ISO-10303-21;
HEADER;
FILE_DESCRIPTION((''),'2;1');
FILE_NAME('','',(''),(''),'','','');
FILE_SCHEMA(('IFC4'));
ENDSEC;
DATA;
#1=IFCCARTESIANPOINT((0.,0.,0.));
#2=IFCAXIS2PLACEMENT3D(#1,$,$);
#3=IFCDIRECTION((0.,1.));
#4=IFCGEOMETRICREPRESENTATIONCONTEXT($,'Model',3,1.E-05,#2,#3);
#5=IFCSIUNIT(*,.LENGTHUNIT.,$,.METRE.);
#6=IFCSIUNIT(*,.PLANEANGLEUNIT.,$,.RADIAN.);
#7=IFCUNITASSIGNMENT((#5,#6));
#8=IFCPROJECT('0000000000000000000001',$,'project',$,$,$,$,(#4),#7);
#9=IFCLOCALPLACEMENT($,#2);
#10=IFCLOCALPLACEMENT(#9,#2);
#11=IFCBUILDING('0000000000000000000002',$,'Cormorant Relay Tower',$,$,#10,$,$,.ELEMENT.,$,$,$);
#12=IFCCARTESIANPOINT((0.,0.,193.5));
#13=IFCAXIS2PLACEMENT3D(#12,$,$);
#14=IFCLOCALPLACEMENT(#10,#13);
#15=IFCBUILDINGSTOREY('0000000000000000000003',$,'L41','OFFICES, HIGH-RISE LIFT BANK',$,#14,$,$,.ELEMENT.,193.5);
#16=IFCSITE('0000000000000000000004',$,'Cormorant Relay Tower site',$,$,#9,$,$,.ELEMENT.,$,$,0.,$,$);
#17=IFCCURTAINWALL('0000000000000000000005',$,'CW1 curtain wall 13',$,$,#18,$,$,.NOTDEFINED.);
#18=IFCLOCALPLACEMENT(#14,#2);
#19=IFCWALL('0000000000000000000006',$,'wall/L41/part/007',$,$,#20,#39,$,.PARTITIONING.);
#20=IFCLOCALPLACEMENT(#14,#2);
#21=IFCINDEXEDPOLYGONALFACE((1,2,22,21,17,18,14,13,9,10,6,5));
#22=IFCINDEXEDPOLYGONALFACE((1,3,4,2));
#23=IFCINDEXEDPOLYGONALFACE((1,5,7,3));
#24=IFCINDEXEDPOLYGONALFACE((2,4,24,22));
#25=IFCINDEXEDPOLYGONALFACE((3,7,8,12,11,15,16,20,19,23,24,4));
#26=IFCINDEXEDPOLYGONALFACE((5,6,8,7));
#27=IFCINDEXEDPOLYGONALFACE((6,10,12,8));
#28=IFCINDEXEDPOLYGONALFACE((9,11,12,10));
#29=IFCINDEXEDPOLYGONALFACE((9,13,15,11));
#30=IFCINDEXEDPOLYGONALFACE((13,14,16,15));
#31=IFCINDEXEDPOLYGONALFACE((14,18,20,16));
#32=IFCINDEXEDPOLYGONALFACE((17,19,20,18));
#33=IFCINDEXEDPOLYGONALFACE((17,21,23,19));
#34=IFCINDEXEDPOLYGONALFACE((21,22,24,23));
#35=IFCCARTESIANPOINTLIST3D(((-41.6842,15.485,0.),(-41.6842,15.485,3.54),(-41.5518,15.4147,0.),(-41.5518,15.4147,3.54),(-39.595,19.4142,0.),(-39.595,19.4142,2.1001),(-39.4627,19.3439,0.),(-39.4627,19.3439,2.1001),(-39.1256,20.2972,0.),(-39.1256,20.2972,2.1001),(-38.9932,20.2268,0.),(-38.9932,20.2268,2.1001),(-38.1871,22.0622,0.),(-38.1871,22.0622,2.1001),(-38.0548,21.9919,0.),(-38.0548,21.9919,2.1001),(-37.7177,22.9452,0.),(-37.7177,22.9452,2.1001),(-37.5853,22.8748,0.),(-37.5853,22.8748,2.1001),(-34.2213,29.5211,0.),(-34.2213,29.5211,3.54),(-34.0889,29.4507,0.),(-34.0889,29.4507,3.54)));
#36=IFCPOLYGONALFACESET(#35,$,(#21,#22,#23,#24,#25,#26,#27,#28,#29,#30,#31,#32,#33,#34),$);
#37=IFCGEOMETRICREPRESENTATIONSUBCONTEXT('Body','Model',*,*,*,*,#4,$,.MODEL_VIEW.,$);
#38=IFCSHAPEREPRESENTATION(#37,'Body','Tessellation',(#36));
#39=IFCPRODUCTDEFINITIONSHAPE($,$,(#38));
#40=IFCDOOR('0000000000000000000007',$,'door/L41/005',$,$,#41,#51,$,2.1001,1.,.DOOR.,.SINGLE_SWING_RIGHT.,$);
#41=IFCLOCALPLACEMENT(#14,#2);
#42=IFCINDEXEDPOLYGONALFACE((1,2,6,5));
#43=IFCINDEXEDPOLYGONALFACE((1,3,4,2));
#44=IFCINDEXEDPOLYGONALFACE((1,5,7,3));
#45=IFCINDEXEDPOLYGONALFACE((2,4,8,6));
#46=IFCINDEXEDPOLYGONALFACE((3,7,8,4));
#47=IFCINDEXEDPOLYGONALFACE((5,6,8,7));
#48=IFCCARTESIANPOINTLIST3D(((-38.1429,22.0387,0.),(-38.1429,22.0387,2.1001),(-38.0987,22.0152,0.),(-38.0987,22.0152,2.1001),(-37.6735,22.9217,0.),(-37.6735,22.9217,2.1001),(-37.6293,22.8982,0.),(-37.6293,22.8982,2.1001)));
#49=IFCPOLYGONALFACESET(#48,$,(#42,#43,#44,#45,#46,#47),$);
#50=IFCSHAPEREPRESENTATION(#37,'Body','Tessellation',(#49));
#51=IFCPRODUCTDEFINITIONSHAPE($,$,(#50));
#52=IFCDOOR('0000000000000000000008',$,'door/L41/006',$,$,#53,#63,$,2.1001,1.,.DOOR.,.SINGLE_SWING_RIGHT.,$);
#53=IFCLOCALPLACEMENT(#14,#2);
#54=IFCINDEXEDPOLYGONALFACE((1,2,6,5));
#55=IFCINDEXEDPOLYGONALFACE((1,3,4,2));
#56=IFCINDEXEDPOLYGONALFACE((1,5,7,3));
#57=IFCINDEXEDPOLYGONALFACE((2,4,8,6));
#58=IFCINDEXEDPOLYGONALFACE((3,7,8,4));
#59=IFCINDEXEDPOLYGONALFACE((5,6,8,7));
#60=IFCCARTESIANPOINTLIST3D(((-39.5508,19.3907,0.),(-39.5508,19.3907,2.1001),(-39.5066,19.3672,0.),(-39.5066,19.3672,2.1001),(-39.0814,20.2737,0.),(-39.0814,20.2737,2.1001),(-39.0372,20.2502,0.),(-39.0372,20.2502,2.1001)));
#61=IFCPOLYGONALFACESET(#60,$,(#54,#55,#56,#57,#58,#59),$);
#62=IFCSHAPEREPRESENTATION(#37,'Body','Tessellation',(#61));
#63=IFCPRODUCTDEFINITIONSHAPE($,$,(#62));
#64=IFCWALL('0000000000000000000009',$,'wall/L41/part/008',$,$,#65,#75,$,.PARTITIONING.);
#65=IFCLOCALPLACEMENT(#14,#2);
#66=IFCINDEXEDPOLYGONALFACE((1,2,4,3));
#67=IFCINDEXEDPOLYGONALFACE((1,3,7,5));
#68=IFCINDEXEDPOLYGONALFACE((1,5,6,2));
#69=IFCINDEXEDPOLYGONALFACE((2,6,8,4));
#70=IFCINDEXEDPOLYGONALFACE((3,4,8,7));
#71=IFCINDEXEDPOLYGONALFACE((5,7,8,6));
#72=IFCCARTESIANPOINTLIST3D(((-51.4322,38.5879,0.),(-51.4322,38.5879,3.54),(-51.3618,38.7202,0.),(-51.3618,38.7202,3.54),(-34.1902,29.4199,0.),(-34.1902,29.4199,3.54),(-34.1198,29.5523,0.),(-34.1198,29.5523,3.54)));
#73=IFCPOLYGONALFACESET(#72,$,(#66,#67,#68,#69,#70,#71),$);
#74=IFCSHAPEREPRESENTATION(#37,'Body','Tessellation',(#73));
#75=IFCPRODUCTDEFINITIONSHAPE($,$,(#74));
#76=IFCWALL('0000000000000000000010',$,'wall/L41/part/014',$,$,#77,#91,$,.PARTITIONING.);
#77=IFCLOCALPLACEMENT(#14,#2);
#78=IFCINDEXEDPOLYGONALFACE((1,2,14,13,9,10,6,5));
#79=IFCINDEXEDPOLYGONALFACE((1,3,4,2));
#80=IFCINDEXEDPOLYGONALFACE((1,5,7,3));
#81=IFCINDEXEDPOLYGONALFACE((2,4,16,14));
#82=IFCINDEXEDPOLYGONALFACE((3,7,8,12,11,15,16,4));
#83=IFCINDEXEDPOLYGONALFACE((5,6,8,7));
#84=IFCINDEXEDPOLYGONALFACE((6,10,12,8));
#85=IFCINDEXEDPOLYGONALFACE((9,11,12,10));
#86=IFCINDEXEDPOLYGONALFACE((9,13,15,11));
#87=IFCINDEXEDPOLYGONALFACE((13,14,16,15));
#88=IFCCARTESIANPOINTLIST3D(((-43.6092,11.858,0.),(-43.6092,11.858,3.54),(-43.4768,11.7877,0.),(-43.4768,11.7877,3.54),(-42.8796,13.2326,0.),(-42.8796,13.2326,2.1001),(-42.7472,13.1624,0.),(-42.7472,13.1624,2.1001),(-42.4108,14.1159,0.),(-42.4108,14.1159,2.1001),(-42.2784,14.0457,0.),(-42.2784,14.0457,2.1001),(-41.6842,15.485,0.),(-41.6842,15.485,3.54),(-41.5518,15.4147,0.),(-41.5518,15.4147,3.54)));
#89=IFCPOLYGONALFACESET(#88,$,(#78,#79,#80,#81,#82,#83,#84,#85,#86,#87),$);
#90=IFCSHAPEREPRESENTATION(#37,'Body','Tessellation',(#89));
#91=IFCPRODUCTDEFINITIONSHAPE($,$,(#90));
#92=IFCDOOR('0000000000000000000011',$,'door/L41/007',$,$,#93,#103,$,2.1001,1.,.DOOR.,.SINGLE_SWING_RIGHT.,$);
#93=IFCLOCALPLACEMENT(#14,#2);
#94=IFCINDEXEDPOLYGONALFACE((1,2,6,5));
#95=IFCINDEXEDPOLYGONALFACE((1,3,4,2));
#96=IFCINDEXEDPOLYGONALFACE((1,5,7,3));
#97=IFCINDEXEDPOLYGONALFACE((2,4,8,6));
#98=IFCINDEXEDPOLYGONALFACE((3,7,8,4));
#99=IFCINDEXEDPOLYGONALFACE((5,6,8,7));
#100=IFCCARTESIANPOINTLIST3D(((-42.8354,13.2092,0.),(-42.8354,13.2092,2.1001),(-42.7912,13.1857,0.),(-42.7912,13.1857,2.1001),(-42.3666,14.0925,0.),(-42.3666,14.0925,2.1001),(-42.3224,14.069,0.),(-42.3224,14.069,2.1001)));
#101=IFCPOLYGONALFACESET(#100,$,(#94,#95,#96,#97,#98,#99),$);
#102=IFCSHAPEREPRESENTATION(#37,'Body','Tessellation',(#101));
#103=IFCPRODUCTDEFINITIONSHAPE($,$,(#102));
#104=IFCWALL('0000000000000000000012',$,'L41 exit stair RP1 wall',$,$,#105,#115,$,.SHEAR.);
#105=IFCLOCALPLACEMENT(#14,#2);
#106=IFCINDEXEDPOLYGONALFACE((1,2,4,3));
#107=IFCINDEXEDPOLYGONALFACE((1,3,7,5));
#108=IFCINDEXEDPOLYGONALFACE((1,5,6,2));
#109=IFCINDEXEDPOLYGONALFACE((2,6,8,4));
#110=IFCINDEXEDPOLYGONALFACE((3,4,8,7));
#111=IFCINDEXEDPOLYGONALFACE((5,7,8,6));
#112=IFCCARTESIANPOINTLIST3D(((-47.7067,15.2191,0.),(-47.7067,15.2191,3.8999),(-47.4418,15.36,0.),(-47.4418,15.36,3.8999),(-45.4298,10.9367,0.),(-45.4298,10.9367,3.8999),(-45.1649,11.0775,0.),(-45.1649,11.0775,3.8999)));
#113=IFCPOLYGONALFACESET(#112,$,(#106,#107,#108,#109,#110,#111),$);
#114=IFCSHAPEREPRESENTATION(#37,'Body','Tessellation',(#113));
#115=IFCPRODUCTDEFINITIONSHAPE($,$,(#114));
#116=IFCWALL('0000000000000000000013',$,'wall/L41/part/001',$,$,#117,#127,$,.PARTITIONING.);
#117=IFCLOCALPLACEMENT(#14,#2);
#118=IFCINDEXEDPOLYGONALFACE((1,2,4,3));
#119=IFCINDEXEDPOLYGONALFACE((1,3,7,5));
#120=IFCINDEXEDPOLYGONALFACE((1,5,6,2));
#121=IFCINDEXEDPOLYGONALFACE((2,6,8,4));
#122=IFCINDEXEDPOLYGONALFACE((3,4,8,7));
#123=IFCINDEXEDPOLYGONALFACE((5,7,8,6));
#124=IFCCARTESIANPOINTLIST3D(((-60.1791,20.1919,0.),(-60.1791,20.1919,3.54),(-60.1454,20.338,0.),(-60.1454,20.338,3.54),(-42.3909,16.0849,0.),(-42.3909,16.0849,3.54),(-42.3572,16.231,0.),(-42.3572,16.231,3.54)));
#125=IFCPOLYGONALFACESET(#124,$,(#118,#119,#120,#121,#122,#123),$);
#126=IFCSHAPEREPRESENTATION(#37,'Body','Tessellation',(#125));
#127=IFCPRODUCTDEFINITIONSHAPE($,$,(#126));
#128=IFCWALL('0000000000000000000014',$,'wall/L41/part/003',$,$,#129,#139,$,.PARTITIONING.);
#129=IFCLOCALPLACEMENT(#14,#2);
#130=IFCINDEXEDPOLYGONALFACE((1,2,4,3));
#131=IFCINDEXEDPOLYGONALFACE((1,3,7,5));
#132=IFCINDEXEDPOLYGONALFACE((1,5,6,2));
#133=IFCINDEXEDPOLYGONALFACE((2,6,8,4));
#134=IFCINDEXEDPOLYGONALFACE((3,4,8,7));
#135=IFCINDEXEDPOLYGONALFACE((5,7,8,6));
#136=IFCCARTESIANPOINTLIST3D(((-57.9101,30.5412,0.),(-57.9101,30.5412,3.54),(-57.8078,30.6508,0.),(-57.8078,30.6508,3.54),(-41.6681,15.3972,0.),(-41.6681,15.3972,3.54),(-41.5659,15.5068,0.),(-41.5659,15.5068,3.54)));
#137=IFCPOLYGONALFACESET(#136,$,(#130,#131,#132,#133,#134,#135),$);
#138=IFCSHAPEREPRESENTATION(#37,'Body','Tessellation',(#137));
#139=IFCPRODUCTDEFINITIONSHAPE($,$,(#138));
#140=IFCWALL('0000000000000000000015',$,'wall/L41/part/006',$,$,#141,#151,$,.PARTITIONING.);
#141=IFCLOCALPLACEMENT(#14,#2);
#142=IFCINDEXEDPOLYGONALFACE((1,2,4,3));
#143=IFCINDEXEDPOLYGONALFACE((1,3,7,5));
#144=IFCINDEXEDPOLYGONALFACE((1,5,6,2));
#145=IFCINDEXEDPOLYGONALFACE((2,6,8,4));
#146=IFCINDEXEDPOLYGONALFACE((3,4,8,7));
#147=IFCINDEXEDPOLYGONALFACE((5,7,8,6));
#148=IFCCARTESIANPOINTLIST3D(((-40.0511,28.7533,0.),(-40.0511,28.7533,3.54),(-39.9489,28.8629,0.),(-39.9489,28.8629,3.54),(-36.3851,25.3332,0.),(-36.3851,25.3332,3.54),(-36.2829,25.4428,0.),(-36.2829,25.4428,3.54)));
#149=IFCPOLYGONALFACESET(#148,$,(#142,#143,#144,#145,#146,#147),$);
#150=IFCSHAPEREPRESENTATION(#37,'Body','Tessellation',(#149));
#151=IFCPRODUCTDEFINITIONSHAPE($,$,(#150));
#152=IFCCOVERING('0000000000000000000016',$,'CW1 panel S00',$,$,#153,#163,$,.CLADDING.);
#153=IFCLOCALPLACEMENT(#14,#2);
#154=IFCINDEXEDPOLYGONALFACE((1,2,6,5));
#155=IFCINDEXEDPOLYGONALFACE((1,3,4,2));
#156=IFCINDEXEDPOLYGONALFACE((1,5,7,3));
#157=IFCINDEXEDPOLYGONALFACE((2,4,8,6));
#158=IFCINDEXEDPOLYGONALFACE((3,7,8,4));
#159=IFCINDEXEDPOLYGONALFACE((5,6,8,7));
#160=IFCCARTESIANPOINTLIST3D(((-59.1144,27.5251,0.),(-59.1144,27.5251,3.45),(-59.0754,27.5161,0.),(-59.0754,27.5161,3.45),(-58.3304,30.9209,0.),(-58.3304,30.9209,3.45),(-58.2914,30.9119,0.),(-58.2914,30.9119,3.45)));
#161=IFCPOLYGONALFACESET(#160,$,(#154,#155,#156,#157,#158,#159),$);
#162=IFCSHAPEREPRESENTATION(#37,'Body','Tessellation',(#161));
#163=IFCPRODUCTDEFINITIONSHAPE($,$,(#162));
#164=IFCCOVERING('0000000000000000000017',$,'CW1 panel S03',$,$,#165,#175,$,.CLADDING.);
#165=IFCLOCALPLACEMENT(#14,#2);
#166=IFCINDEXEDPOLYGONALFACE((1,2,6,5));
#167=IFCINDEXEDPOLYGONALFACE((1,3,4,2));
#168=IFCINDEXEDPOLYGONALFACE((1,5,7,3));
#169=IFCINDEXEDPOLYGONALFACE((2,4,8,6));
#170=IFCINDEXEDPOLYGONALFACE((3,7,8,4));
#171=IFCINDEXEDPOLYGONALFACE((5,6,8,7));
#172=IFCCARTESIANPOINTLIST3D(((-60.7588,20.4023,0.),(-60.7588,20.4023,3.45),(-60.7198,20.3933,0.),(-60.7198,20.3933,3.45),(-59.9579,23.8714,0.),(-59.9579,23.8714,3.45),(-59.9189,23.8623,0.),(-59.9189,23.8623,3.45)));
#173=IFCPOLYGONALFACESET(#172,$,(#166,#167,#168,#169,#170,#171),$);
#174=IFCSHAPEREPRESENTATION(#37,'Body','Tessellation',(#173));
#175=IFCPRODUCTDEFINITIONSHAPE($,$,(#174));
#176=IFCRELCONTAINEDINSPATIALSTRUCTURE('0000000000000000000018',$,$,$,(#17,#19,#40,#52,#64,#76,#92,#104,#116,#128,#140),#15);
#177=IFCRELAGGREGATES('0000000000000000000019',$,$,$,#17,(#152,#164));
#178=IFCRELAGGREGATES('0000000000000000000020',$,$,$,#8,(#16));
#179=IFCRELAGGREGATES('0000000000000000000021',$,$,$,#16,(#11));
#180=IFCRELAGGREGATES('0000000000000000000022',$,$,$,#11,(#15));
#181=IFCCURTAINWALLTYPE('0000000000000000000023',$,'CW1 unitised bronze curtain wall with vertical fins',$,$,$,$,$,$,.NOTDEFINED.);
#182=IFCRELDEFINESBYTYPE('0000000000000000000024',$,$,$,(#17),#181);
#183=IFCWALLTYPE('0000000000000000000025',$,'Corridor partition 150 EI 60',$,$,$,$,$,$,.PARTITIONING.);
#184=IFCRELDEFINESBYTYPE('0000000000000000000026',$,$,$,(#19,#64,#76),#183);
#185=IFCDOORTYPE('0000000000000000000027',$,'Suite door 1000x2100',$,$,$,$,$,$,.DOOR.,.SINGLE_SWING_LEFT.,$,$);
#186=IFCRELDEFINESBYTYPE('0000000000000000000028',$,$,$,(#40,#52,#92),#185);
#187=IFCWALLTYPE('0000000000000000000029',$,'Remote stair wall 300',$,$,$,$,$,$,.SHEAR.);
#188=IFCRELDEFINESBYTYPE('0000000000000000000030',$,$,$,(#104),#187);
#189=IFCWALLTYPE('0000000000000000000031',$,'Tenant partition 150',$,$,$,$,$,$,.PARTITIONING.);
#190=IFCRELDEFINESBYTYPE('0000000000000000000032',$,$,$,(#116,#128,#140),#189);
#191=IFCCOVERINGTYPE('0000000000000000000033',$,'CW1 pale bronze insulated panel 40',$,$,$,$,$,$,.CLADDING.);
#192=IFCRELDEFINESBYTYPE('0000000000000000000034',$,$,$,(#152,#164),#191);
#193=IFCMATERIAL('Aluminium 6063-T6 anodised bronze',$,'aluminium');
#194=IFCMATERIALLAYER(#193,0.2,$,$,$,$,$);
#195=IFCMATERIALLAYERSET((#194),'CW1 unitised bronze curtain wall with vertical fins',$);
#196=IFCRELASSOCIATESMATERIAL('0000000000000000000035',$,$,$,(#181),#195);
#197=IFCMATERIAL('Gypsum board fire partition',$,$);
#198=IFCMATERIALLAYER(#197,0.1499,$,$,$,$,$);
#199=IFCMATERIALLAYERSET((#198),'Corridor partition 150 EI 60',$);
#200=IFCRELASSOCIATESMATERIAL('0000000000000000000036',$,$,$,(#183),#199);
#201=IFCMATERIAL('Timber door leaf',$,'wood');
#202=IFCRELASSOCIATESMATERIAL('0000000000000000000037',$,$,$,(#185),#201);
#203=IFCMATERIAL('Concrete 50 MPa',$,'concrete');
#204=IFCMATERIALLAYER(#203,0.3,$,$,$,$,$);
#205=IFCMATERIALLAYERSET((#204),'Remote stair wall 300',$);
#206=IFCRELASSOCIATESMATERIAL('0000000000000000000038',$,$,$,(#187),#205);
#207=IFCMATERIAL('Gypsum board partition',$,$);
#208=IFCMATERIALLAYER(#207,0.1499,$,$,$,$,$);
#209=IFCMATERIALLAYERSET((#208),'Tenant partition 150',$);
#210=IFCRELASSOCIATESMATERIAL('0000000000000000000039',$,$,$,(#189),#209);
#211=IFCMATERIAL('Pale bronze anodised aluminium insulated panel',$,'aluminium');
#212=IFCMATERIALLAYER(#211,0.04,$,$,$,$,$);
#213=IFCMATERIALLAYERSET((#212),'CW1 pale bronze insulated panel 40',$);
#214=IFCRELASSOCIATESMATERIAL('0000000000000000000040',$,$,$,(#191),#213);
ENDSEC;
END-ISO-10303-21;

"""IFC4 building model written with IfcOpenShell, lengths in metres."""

from ifc_helpers import new_model, si_unit, direction, frame, frame_2d, origin, origin_2d, place, context, subcontext, project, spatial, rectangle, extrude, material, layer, layer_set, type_object, element, fill, aggregate, save


model = new_model("IFC4")

# Units and contexts
model_context = context("Model", 3, precision=1e-05, world=origin(), true_north=direction((0.0, 1.0)))
body_context = subcontext(model_context, "Body", "Model", "MODEL_VIEW")
ifc_project = project(units=[si_unit("LENGTHUNIT", "METRE"), si_unit("PLANEANGLEUNIT", "RADIAN")], contexts=[model_context])

# Site, building, storey
site_placement = place(None, origin())
site = spatial("IfcSite", under=ifc_project, at=site_placement, Name="Cormorant Relay Tower site", CompositionType="ELEMENT", RefElevation=0.0)
building_placement = place(site_placement, origin())
building = spatial("IfcBuilding", under=site, at=building_placement, Name="Cormorant Relay Tower", CompositionType="ELEMENT")
storey_placement = place(building_placement, frame((0.0, 0.0, 193.5)))
storey = spatial("IfcBuildingStorey", under=building, at=storey_placement, Name="L41", Description="OFFICES, HIGH-RISE LIFT BANK", CompositionType="ELEMENT", Elevation=193.5)

# Curtain wall
ifc_material_1 = material(Name="Aluminium 6063-T6 anodised bronze", Category="aluminium")
ifc_layer_1 = layer(ifc_material_1, 0.2)
ifc_layer_set_1 = layer_set([ifc_layer_1], Name="CW1 unitised bronze curtain wall with vertical fins")
curtain_wall_type = type_object("IfcCurtainWallType", Name="CW1 unitised bronze curtain wall with vertical fins", PredefinedType="NOTDEFINED", material=ifc_layer_set_1)
curtain_wall_1_placement = place(storey_placement, origin())
curtain_wall_1 = element("IfcCurtainWall", 1, at=curtain_wall_1_placement, inside=storey, type_object=curtain_wall_type, Name="CW1 curtain wall 13", PredefinedType="NOTDEFINED")

# Wall, openings, doors
ifc_material_2 = material(Name="Gypsum board fire partition")
ifc_layer_2 = layer(ifc_material_2, 0.1499)
ifc_layer_set_2 = layer_set([ifc_layer_2], Name="Corridor partition 150 EI 60")
wall_type_1 = type_object("IfcWallType", Name="Corridor partition 150 EI 60", PredefinedType="PARTITIONING", material=ifc_layer_set_2)
wall_1_placement = place(storey_placement, frame((-41.6179, 15.45, 0.0), z_axis=(0.0, 0.0, 1.0), x_axis=(0.469459, 0.882954, 0.0)))
wall_1 = element("IfcWall", 2, at=wall_1_placement, inside=storey, type_object=wall_type_1, Name="wall/L41/part/007", PredefinedType="PARTITIONING", context=body_context, shape_type="SweptSolid", body=[
    extrude(rectangle(XDim=15.8967, YDim=0.1499, at=frame_2d((7.9482, 0.0))), origin(), (0.0, 0.0, 1.0), 3.54),
])
opening_1_placement = place(wall_1_placement, frame((7.449, 0.0, 0.0)))
opening_1 = element("IfcOpeningElement", 3, at=opening_1_placement, cuts=wall_1, PredefinedType="OPENING", context=body_context, shape_type="SweptSolid", body=[
    extrude(rectangle(XDim=1.0, YDim=2.1001, at=frame_2d((0.5, 1.05))), frame((0.0, 0.085, 0.0), z_axis=(0.0, -1.0, 0.0), x_axis=(1.0, 0.0, 0.0)), (0.0, 0.0, 1.0), 0.1699),
])
opening_2_placement = place(wall_1_placement, frame((4.45, 0.0, 0.0)))
opening_2 = element("IfcOpeningElement", 4, at=opening_2_placement, cuts=wall_1, PredefinedType="OPENING", context=body_context, shape_type="SweptSolid", body=[
    extrude(rectangle(XDim=1.0, YDim=2.1001, at=frame_2d((0.5, 1.05))), frame((0.0, 0.085, 0.0), z_axis=(0.0, -1.0, 0.0), x_axis=(1.0, 0.0, 0.0)), (0.0, 0.0, 1.0), 0.1699),
])
ifc_material_3 = material(Name="Timber door leaf", Category="wood")
door_type = type_object("IfcDoorType", Name="Suite door 1000x2100", OperationType="SINGLE_SWING_LEFT", PredefinedType="DOOR", material=ifc_material_3)
door_1_placement = place(opening_1_placement, origin())
door_1 = element("IfcDoor", 5, at=door_1_placement, inside=storey, type_object=door_type, Name="door/L41/005", OperationType="SINGLE_SWING_RIGHT", OverallHeight=2.1001, OverallWidth=1.0, PredefinedType="DOOR", context=body_context, shape_type="SweptSolid", body=[
    extrude(rectangle(XDim=1.0, YDim=2.1001, at=frame_2d((0.5, 1.05))), frame((0.0, 0.0249, 0.0), z_axis=(0.0, -1.0, 0.0), x_axis=(1.0, 0.0, 0.0)), (0.0, 0.0, 1.0), 0.05),
])
fill(opening_1, door_1)
door_2_placement = place(opening_2_placement, origin())
door_2 = element("IfcDoor", 6, at=door_2_placement, inside=storey, type_object=door_type, Name="door/L41/006", OperationType="SINGLE_SWING_RIGHT", OverallHeight=2.1001, OverallWidth=1.0, PredefinedType="DOOR", context=body_context, shape_type="SweptSolid", body=[
    extrude(rectangle(XDim=1.0, YDim=2.1001, at=frame_2d((0.5, 1.05))), frame((0.0, 0.0249, 0.0), z_axis=(0.0, -1.0, 0.0), x_axis=(1.0, 0.0, 0.0)), (0.0, 0.0, 1.0), 0.05),
])
fill(opening_2, door_2)

# Wall
wall_2_placement = place(storey_placement, frame((-34.155, 29.4861, 0.0), z_axis=(0.0, 0.0, 1.0), x_axis=(-0.882942, 0.469482, 0.0)))
element("IfcWall", 7, at=wall_2_placement, inside=storey, type_object=wall_type_1, Name="wall/L41/part/008", PredefinedType="PARTITIONING", context=body_context, shape_type="SweptSolid", body=[
    extrude(rectangle(XDim=19.5278, YDim=0.1499, at=frame_2d((9.7639, 0.0))), origin(), (0.0, 0.0, 1.0), 3.54),
])

# Wall, opening, door
wall_3_placement = place(storey_placement, frame((-41.6179, 15.45, 0.0), z_axis=(0.0, 0.0, 1.0), x_axis=(-0.468819, -0.883294, 0.0)))
wall_3 = element("IfcWall", 8, at=wall_3_placement, inside=storey, type_object=wall_type_1, Name="wall/L41/part/014", PredefinedType="PARTITIONING", context=body_context, shape_type="SweptSolid", body=[
    extrude(rectangle(XDim=4.1062, YDim=0.1499, at=frame_2d((2.0532, 0.0))), origin(), (0.0, 0.0, 1.0), 3.54),
])
opening_3_placement = place(wall_3_placement, frame((1.55, 0.0, 0.0)))
opening_3 = element("IfcOpeningElement", 9, at=opening_3_placement, cuts=wall_3, PredefinedType="OPENING", context=body_context, shape_type="SweptSolid", body=[
    extrude(rectangle(XDim=1.0, YDim=2.1001, at=frame_2d((0.5, 1.05))), frame((0.0, 0.085, 0.0), z_axis=(0.0, -1.0, 0.0), x_axis=(1.0, 0.0, 0.0)), (0.0, 0.0, 1.0), 0.1699),
])
door_3_placement = place(opening_3_placement, frame((1.0, 0.0, 0.0), z_axis=(0.0, 0.0, 1.0), x_axis=(-1.0, 0.0, 0.0)))
door_3 = element("IfcDoor", 10, at=door_3_placement, inside=storey, type_object=door_type, Name="door/L41/007", OperationType="SINGLE_SWING_RIGHT", OverallHeight=2.1001, OverallWidth=1.0, PredefinedType="DOOR", context=body_context, shape_type="SweptSolid", body=[
    extrude(rectangle(XDim=1.0, YDim=2.1001, at=frame_2d((0.5, 1.05))), frame((0.0, 0.0249, 0.0), z_axis=(0.0, -1.0, 0.0), x_axis=(1.0, 0.0, 0.0)), (0.0, 0.0, 1.0), 0.05),
])
fill(opening_3, door_3)

# Walls
ifc_material_4 = material(Name="Concrete 50 MPa", Category="concrete")
ifc_layer_3 = layer(ifc_material_4, 0.3)
ifc_layer_set_3 = layer_set([ifc_layer_3], Name="Remote stair wall 300")
wall_type_2 = type_object("IfcWallType", Name="Remote stair wall 300", PredefinedType="SHEAR", material=ifc_layer_set_3)
wall_4_placement = place(storey_placement, frame((-47.5742, 15.2896, 0.0), z_axis=(0.0, 0.0, 1.0), x_axis=(0.469443, -0.882963, 0.0)))
element("IfcWall", 11, at=wall_4_placement, inside=storey, type_object=wall_type_2, Name="L41 exit stair RP1 wall", PredefinedType="SHEAR", context=body_context, shape_type="SweptSolid", body=[
    extrude(rectangle(XDim=4.8501, YDim=0.3, at=frame_2d((2.425, 0.0))), origin(), (0.0, 0.0, 1.0), 3.8999),
])
ifc_material_5 = material(Name="Gypsum board partition")
ifc_layer_4 = layer(ifc_material_5, 0.1499)
ifc_layer_set_4 = layer_set([ifc_layer_4], Name="Tenant partition 150")
wall_type_3 = type_object("IfcWallType", Name="Tenant partition 150", PredefinedType="PARTITIONING", material=ifc_layer_set_4)
wall_5_placement = place(storey_placement, frame((-60.1621, 20.2649, 0.0), z_axis=(0.0, 0.0, 1.0), x_axis=(0.974367, -0.224963, 0.0)))
element("IfcWall", 12, at=wall_5_placement, inside=storey, type_object=wall_type_3, Name="wall/L41/part/001", PredefinedType="PARTITIONING", context=body_context, shape_type="SweptSolid", body=[
    extrude(rectangle(XDim=18.2561, YDim=0.1499, at=frame_2d((9.1279, 0.0))), origin(), (0.0, 0.0, 1.0), 3.54),
])
wall_6_placement = place(storey_placement, frame((-41.6169, 15.4519, 0.0), z_axis=(0.0, 0.0, 1.0), x_axis=(-0.731394, 0.681955, 0.0)))
element("IfcWall", 13, at=wall_6_placement, inside=storey, type_object=wall_type_3, Name="wall/L41/part/003", PredefinedType="PARTITIONING", context=body_context, shape_type="SweptSolid", body=[
    extrude(rectangle(XDim=22.2068, YDim=0.1499, at=frame_2d((11.1035, 0.0))), origin(), (0.0, 0.0, 1.0), 3.54),
])
wall_7_placement = place(storey_placement, frame((-40.0, 28.8081, 0.0), z_axis=(0.0, 0.0, 1.0), x_axis=(0.731199, -0.682164, 0.0)))
element("IfcWall", 14, at=wall_7_placement, inside=storey, type_object=wall_type_3, Name="wall/L41/part/006", PredefinedType="PARTITIONING", context=body_context, shape_type="SweptSolid", body=[
    extrude(rectangle(XDim=5.0137, YDim=0.1499, at=frame_2d((2.5068, 0.0))), origin(), (0.0, 0.0, 1.0), 3.54),
])

# Coverings
ifc_material_6 = material(Name="Pale bronze anodised aluminium insulated panel", Category="aluminium")
ifc_layer_5 = layer(ifc_material_6, 0.04)
ifc_layer_set_5 = layer_set([ifc_layer_5], Name="CW1 pale bronze insulated panel 40")
covering_type = type_object("IfcCoveringType", Name="CW1 pale bronze insulated panel 40", PredefinedType="CLADDING", material=ifc_layer_set_5)
covering_1_placement = place(storey_placement, frame((-58.7029, 29.2185, 0.0), z_axis=(0.0, 0.0, 1.0), x_axis=(-0.224951, -0.97437, 0.0)))
covering_1 = element("IfcCovering", 15, at=covering_1_placement, type_object=covering_type, Name="CW1 panel S00", PredefinedType="CLADDING", context=body_context, shape_type="SweptSolid", body=[
    extrude(rectangle(XDim=3.4851, YDim=0.04, at=origin_2d()), origin(), (0.0, 0.0, 1.0), 3.45),
])
covering_2_placement = place(storey_placement, frame((-60.3389, 22.1323, 0.0), z_axis=(0.0, 0.0, 1.0), x_axis=(-0.224951, -0.97437, 0.0)))
covering_2 = element("IfcCovering", 16, at=covering_2_placement, type_object=covering_type, Name="CW1 panel S03", PredefinedType="CLADDING", context=body_context, shape_type="SweptSolid", body=[
    extrude(rectangle(XDim=3.5603, YDim=0.04, at=origin_2d()), origin(), (0.0, 0.0, 1.0), 3.45),
])
aggregate(curtain_wall_1, [covering_1, covering_2])

save(model, "model.ifc")
